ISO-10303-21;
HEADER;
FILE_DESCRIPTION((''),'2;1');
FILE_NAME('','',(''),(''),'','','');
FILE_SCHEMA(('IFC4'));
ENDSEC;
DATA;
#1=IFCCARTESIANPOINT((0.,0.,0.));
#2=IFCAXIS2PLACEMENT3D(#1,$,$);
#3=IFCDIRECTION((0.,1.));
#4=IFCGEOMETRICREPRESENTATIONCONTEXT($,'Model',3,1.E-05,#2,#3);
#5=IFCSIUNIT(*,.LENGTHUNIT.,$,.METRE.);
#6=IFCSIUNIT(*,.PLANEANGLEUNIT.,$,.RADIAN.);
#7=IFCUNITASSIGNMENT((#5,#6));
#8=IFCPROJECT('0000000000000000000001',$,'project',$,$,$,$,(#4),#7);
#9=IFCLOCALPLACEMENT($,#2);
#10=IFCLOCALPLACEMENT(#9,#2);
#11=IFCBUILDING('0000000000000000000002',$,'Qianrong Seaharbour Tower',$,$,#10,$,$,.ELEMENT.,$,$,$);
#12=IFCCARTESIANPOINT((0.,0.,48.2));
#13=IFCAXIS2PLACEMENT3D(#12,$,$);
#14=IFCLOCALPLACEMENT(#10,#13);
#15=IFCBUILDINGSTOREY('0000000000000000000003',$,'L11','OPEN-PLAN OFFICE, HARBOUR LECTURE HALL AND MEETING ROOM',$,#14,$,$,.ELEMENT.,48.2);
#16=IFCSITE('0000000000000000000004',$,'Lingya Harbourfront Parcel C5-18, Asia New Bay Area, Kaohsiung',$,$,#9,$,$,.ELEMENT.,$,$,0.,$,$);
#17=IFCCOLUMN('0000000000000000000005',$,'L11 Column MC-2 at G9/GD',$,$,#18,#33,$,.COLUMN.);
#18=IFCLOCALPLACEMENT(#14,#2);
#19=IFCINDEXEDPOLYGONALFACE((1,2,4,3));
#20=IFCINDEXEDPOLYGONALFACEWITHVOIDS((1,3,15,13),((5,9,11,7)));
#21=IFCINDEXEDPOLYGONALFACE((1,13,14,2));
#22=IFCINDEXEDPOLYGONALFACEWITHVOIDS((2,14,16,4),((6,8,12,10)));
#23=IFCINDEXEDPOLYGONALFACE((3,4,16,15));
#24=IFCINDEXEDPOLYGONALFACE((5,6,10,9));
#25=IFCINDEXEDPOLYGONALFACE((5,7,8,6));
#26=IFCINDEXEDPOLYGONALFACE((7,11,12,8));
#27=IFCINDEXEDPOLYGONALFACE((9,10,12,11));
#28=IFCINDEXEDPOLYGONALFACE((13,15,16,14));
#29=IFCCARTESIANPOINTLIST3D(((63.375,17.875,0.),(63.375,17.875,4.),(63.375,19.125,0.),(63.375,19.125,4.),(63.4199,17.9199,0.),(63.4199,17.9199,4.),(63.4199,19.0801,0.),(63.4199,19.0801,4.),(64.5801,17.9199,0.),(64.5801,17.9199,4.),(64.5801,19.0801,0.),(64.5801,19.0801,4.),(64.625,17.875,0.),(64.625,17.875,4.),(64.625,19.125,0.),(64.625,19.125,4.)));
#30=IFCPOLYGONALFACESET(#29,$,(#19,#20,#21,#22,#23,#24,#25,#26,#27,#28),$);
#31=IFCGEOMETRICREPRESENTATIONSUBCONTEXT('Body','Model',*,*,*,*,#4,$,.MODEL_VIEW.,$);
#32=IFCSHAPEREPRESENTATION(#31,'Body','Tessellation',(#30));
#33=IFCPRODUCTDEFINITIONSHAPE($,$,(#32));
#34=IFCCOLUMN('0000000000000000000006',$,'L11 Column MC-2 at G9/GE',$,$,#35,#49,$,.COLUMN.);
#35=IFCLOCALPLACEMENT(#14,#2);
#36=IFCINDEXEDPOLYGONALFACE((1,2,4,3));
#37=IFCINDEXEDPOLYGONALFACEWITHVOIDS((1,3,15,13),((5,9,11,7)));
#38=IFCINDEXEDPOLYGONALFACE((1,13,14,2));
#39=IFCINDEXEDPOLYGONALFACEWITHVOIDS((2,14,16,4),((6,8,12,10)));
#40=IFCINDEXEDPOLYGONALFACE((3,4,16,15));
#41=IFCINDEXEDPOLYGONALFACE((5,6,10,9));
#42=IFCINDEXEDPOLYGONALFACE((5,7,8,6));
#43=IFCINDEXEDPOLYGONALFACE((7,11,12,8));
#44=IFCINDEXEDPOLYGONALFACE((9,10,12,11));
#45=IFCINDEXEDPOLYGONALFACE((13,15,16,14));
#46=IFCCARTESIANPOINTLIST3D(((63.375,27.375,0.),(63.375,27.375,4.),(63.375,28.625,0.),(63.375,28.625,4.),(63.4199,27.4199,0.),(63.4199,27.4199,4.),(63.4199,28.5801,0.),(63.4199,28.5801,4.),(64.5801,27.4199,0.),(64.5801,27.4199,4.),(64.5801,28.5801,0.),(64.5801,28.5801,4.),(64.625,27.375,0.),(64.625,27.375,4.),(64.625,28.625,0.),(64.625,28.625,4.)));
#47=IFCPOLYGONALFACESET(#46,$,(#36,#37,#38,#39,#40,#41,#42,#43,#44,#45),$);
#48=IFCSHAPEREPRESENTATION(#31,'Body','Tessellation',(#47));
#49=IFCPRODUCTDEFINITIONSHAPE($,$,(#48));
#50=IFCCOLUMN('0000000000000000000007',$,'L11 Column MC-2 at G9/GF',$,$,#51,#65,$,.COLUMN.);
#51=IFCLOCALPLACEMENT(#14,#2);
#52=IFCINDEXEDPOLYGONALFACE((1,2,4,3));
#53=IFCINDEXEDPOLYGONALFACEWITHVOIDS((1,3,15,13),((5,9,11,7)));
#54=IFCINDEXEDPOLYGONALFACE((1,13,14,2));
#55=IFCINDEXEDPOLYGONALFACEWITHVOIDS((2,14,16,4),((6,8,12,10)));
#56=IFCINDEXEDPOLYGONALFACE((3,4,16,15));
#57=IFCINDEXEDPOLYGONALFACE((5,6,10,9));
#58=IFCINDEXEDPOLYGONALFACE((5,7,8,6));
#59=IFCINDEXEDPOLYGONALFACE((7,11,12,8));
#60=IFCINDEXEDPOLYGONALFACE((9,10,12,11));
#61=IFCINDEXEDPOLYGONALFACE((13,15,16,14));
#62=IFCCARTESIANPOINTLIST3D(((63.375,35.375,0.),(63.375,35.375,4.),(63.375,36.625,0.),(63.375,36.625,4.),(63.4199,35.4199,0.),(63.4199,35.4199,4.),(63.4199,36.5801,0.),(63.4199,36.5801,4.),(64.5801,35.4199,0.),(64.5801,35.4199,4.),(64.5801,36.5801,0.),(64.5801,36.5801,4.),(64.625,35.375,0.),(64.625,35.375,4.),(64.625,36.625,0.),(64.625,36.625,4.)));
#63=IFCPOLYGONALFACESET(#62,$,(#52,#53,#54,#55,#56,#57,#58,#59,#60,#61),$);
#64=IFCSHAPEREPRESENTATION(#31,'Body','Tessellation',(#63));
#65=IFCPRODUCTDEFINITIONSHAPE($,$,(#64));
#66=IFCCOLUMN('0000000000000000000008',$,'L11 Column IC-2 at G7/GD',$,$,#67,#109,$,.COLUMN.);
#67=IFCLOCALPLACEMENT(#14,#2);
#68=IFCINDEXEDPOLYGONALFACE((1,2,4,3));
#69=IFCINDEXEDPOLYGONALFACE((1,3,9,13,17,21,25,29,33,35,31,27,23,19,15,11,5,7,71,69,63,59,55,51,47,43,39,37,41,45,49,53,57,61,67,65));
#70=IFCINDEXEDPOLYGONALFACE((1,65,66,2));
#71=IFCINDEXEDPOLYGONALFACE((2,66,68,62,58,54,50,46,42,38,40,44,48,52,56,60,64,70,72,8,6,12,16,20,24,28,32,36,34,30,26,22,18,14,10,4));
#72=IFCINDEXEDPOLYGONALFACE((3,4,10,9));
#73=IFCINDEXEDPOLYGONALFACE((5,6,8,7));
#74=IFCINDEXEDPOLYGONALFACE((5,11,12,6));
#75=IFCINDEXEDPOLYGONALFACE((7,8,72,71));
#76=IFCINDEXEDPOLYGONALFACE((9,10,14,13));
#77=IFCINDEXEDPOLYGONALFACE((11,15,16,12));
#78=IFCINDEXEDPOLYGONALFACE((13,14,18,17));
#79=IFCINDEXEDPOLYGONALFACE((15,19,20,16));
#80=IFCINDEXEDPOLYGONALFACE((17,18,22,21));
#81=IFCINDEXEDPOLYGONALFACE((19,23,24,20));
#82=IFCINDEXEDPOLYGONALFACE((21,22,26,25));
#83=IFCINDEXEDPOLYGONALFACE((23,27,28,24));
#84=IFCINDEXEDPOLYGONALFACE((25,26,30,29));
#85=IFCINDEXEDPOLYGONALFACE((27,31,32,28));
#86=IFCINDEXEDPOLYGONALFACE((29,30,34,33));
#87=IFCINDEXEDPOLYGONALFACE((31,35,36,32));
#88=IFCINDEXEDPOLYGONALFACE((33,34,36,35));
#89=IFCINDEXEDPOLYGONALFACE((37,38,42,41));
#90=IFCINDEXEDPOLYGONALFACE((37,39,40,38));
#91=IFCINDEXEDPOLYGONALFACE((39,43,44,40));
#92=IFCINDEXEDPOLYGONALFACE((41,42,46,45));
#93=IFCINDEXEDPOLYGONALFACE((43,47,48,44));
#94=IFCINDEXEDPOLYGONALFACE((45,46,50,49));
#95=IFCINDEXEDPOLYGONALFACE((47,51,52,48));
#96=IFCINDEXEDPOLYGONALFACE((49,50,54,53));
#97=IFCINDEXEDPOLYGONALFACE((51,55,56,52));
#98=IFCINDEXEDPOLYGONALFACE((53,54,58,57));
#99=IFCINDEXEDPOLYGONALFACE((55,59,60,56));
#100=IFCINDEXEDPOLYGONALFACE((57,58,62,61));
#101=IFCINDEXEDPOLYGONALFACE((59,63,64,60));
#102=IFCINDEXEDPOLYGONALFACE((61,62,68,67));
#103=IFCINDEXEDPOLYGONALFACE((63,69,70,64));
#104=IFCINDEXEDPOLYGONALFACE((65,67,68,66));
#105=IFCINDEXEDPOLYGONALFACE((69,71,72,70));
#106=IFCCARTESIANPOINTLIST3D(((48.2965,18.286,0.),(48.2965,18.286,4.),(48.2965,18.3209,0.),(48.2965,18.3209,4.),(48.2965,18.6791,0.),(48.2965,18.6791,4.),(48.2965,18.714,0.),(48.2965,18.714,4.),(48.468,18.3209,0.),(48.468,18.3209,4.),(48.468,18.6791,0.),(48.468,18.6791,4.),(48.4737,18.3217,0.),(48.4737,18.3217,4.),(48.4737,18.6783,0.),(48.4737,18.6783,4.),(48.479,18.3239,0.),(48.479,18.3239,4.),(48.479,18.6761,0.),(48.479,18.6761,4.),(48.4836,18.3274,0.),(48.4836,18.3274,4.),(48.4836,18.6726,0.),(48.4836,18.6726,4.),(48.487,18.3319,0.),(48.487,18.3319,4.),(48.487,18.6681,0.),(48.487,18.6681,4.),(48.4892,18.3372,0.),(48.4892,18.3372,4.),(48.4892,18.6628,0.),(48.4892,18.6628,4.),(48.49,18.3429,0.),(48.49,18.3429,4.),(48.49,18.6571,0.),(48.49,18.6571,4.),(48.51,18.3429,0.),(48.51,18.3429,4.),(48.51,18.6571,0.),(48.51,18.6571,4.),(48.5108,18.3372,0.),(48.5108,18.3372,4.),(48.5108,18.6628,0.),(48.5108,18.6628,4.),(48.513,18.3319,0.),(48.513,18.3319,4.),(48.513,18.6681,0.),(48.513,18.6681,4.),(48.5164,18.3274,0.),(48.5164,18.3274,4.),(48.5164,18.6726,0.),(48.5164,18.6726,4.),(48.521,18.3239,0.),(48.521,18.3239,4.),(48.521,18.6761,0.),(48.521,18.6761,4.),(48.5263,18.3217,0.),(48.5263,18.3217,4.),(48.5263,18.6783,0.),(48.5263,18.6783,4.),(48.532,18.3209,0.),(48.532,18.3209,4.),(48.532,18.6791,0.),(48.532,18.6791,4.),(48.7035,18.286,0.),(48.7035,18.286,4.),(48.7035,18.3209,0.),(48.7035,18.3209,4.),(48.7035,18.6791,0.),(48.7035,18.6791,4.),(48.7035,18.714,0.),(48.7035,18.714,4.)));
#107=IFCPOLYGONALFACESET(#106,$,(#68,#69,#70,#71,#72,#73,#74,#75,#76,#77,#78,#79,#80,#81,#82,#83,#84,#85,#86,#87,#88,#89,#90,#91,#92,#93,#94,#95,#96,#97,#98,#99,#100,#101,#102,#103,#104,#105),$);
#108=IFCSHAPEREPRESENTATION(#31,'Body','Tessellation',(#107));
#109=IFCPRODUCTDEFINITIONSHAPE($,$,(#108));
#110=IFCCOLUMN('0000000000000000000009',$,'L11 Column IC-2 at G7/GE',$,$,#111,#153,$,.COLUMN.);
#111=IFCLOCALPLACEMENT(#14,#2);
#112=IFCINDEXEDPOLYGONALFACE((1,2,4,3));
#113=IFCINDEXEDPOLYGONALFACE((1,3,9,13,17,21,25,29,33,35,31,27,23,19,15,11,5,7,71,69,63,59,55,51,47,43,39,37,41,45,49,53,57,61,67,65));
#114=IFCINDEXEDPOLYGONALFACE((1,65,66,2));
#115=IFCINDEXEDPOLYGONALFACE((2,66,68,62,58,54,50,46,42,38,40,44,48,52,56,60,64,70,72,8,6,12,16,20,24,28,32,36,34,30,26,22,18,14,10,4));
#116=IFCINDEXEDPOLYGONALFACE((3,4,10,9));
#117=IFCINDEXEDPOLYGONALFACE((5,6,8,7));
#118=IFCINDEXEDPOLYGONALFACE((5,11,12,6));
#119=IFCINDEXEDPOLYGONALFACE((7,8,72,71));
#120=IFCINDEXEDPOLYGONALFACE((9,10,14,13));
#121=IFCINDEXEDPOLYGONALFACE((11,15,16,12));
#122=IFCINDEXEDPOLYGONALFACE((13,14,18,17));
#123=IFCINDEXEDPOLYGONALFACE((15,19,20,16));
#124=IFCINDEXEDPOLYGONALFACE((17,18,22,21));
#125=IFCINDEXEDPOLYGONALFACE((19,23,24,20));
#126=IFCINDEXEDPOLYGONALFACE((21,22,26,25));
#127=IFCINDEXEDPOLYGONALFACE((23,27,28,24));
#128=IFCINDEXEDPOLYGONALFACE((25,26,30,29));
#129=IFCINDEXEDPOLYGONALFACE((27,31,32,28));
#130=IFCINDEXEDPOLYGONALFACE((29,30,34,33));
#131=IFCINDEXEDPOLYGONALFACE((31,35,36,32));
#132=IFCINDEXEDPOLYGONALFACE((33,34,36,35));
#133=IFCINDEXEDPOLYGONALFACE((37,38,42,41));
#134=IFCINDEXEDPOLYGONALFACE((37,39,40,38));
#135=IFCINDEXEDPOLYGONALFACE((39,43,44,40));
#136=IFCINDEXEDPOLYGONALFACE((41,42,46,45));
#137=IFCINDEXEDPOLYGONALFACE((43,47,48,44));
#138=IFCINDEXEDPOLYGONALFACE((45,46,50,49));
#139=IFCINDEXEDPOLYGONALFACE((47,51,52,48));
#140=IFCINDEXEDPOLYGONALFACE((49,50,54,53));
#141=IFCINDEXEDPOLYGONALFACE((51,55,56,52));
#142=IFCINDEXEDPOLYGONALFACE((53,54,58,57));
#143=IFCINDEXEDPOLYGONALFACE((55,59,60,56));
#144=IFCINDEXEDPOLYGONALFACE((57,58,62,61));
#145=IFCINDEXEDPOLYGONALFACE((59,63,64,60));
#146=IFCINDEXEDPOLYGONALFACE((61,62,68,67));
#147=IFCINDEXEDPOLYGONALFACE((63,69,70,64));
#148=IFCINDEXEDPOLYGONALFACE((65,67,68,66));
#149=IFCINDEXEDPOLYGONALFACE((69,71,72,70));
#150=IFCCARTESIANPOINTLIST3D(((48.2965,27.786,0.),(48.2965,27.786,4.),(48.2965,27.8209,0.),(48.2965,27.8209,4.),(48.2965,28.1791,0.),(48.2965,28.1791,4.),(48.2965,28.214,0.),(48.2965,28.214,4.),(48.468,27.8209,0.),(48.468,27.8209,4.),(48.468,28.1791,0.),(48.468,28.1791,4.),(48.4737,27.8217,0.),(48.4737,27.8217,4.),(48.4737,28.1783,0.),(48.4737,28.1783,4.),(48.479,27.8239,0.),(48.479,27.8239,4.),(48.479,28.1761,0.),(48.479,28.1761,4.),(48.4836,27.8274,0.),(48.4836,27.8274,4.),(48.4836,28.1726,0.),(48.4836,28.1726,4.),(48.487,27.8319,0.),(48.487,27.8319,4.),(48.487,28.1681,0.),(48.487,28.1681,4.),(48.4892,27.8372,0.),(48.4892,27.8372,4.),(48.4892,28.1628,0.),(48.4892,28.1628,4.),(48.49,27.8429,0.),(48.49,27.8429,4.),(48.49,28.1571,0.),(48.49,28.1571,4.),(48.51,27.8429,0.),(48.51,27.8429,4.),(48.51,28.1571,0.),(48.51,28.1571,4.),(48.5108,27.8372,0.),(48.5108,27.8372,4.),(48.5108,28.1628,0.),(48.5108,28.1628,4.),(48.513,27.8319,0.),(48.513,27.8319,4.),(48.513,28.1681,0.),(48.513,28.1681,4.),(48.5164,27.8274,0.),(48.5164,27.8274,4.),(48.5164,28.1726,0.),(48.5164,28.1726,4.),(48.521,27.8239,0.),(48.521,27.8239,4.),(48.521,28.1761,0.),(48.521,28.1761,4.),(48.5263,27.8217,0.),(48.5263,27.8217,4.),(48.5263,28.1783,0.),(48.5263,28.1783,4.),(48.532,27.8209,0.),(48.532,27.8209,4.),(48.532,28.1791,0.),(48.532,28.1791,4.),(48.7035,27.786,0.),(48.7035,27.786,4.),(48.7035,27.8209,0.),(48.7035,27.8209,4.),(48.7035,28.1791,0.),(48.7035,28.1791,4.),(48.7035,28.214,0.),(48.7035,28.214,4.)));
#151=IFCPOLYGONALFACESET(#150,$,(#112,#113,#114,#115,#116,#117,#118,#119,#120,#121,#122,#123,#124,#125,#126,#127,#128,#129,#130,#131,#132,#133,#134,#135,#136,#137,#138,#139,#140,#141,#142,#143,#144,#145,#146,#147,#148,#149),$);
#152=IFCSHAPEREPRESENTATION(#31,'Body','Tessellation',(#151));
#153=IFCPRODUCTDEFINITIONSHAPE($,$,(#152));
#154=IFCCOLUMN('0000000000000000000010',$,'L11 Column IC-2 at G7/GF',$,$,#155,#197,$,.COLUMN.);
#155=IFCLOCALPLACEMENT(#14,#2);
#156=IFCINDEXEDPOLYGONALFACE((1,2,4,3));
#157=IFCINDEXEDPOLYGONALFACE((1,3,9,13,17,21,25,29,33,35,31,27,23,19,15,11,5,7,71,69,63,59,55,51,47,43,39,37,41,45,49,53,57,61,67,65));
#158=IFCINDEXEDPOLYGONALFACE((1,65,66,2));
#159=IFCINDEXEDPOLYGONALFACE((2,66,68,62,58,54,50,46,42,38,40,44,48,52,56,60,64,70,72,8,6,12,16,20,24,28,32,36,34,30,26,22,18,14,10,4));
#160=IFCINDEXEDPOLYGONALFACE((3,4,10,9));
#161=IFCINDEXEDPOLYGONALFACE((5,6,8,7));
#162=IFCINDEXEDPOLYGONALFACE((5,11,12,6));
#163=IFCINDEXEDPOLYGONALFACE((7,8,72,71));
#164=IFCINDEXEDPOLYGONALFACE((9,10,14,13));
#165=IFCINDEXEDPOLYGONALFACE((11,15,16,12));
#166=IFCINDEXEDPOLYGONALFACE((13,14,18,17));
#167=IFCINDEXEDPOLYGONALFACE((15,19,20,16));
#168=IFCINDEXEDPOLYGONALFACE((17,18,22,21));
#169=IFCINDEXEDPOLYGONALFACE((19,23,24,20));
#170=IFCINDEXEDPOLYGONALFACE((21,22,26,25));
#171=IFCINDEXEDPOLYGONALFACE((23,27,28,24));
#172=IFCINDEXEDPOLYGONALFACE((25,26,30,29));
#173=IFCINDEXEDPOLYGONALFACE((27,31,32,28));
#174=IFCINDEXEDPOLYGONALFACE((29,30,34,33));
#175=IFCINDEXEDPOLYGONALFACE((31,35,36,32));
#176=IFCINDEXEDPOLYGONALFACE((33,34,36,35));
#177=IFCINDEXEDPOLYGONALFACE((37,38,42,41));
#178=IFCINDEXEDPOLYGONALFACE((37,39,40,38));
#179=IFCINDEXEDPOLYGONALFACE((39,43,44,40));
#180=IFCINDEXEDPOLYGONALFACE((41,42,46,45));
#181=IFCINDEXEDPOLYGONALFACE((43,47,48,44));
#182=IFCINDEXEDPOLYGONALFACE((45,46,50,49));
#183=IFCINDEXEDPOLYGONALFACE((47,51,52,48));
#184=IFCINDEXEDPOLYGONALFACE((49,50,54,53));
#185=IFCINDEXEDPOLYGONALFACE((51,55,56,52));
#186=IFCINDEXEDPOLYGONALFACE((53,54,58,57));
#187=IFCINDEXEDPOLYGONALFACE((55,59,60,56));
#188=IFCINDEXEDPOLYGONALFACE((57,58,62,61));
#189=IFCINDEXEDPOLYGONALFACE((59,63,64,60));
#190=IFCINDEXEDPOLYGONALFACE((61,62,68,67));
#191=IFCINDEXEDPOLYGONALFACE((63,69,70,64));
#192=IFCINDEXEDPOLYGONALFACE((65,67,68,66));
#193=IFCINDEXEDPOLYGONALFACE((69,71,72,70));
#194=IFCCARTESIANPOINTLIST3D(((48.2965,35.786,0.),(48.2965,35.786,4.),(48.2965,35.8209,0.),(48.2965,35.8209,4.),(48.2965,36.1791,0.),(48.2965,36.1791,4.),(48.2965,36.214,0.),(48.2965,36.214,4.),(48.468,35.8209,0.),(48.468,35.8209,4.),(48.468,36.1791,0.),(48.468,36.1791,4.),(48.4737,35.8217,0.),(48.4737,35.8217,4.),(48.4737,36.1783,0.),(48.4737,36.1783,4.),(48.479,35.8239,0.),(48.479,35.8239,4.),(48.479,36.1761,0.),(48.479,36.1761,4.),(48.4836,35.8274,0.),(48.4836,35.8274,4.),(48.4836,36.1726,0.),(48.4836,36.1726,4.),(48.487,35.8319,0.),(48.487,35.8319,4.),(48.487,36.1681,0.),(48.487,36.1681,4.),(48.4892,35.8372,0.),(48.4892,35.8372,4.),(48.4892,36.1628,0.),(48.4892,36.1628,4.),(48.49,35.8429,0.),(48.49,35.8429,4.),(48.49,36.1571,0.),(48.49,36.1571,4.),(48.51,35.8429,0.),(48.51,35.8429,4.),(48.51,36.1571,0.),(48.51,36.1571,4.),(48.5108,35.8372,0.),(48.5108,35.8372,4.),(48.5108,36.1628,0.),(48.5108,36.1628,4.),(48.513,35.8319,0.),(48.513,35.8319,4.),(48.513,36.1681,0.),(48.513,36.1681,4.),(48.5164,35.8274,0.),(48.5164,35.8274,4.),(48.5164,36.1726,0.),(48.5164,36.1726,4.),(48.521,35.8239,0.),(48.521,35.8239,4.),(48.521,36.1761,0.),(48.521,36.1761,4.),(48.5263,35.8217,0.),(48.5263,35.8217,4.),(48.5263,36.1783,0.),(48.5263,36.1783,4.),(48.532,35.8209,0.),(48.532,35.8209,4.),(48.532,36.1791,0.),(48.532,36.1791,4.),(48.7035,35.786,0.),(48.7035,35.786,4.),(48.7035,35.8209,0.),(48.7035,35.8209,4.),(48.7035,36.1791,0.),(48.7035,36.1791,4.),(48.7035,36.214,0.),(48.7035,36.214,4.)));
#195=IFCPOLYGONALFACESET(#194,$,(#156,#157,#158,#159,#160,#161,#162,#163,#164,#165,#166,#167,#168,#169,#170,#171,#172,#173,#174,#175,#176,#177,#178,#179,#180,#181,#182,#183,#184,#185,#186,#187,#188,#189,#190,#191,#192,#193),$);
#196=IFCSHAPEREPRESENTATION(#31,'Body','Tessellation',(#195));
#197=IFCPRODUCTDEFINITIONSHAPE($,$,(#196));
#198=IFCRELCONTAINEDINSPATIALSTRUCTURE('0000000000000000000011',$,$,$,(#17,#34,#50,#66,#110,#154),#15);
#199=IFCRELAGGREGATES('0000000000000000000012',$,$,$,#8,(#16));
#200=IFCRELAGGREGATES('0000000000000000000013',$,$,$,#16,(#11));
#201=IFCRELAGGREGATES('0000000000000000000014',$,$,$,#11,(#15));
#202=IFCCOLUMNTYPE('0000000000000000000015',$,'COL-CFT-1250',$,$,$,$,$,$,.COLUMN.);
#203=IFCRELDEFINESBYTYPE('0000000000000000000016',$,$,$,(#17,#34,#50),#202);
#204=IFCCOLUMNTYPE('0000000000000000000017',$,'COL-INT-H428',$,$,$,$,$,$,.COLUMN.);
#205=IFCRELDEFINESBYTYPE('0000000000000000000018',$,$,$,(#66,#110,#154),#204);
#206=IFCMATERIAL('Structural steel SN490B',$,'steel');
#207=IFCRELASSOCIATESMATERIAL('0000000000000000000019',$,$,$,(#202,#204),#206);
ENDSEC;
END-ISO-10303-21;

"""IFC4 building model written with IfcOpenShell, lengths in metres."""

from ifc_helpers import new_model, si_unit, direction, frame, origin, origin_2d, place, context, subcontext, project, spatial, hollow_rectangle, i_section, extrude, material, material_profile, profile_set, type_object, element, save


model = new_model("IFC4")

# Units and contexts
model_context = context("Model", 3, precision=1e-05, world=origin(), true_north=direction((0.0, 1.0)))
body_context = subcontext(model_context, "Body", "Model", "MODEL_VIEW")
ifc_project = project(units=[si_unit("LENGTHUNIT", "METRE"), si_unit("PLANEANGLEUNIT", "RADIAN")], contexts=[model_context])

# Site, building, storey
site_placement = place(None, origin())
site = spatial("IfcSite", under=ifc_project, at=site_placement, Name="Lingya Harbourfront Parcel C5-18, Asia New Bay Area, Kaohsiung", CompositionType="ELEMENT", RefElevation=0.0)
building_placement = place(site_placement, origin())
building = spatial("IfcBuilding", under=site, at=building_placement, Name="Qianrong Seaharbour Tower", CompositionType="ELEMENT")
storey_placement = place(building_placement, frame((0.0, 0.0, 48.2)))
storey = spatial("IfcBuildingStorey", under=building, at=storey_placement, Name="L11", Description="OPEN-PLAN OFFICE, HARBOUR LECTURE HALL AND MEETING ROOM", CompositionType="ELEMENT", Elevation=48.2)

# Columns
ifc_material_1 = material(Name="Structural steel SN490B", Category="steel")
ifc_material_profile_1 = material_profile(ifc_material_1, hollow_rectangle(XDim=1.25, YDim=1.25, WallThickness=0.0449, at=origin_2d()), Name="BOX1250x1250x45")
ifc_profile_set_1 = profile_set([ifc_material_profile_1], Name="Structural steel SN490B")
column_type_1 = type_object("IfcColumnType", Name="COL-CFT-1250", PredefinedType="COLUMN", material=ifc_profile_set_1)
for number, where, z_axis, x_axis, name in (
    (1, (64.0, 18.5, 0.0), (0.0, 0.0, 1.0), (1.0, 0.0, 0.0), "L11 Column MC-2 at G9/GD"),
    (2, (64.0, 28.0, 0.0), (0.0, 0.0, 1.0), (1.0, 0.0, 0.0), "L11 Column MC-2 at G9/GE"),
    (3, (64.0, 36.0, 0.0), (0.0, 0.0, 1.0), (1.0, 0.0, 0.0), "L11 Column MC-2 at G9/GF"),
):
    element("IfcColumn", number, at=place(storey_placement, frame(where, z_axis=z_axis, x_axis=x_axis)), inside=storey, type_object=column_type_1, Name=name, PredefinedType="COLUMN", context=body_context, shape_type="SweptSolid", body=[
        extrude(hollow_rectangle(XDim=1.25, YDim=1.25, WallThickness=0.0449, at=origin_2d()), origin(), (0.0, 0.0, 1.0), 4.0),
    ])
ifc_material_profile_2 = material_profile(ifc_material_1, i_section(OverallWidth=0.407, OverallDepth=0.428, WebThickness=0.02, FlangeThickness=0.0349, FilletRadius=0.022, at=origin_2d()), Name="H428x407x20x35")
ifc_profile_set_2 = profile_set([ifc_material_profile_2], Name="Structural steel SN490B")
column_type_2 = type_object("IfcColumnType", Name="COL-INT-H428", PredefinedType="COLUMN", material=ifc_profile_set_2)
for number, where, z_axis, x_axis, name in (
    (4, (48.5, 18.5, 0.0), (0.0, 0.0, 1.0), (1.0, 0.0, 0.0), "L11 Column IC-2 at G7/GD"),
    (5, (48.5, 28.0, 0.0), (0.0, 0.0, 1.0), (1.0, 0.0, 0.0), "L11 Column IC-2 at G7/GE"),
    (6, (48.5, 36.0, 0.0), (0.0, 0.0, 1.0), (1.0, 0.0, 0.0), "L11 Column IC-2 at G7/GF"),
):
    element("IfcColumn", number, at=place(storey_placement, frame(where, z_axis=z_axis, x_axis=x_axis)), inside=storey, type_object=column_type_2, Name=name, PredefinedType="COLUMN", context=body_context, shape_type="SweptSolid", body=[
        extrude(i_section(OverallWidth=0.407, OverallDepth=0.428, WebThickness=0.02, FlangeThickness=0.0349, FilletRadius=0.022, at=origin_2d()), origin(), (0.0, 0.0, 1.0), 4.0),
    ])

save(model, "model.ifc")
